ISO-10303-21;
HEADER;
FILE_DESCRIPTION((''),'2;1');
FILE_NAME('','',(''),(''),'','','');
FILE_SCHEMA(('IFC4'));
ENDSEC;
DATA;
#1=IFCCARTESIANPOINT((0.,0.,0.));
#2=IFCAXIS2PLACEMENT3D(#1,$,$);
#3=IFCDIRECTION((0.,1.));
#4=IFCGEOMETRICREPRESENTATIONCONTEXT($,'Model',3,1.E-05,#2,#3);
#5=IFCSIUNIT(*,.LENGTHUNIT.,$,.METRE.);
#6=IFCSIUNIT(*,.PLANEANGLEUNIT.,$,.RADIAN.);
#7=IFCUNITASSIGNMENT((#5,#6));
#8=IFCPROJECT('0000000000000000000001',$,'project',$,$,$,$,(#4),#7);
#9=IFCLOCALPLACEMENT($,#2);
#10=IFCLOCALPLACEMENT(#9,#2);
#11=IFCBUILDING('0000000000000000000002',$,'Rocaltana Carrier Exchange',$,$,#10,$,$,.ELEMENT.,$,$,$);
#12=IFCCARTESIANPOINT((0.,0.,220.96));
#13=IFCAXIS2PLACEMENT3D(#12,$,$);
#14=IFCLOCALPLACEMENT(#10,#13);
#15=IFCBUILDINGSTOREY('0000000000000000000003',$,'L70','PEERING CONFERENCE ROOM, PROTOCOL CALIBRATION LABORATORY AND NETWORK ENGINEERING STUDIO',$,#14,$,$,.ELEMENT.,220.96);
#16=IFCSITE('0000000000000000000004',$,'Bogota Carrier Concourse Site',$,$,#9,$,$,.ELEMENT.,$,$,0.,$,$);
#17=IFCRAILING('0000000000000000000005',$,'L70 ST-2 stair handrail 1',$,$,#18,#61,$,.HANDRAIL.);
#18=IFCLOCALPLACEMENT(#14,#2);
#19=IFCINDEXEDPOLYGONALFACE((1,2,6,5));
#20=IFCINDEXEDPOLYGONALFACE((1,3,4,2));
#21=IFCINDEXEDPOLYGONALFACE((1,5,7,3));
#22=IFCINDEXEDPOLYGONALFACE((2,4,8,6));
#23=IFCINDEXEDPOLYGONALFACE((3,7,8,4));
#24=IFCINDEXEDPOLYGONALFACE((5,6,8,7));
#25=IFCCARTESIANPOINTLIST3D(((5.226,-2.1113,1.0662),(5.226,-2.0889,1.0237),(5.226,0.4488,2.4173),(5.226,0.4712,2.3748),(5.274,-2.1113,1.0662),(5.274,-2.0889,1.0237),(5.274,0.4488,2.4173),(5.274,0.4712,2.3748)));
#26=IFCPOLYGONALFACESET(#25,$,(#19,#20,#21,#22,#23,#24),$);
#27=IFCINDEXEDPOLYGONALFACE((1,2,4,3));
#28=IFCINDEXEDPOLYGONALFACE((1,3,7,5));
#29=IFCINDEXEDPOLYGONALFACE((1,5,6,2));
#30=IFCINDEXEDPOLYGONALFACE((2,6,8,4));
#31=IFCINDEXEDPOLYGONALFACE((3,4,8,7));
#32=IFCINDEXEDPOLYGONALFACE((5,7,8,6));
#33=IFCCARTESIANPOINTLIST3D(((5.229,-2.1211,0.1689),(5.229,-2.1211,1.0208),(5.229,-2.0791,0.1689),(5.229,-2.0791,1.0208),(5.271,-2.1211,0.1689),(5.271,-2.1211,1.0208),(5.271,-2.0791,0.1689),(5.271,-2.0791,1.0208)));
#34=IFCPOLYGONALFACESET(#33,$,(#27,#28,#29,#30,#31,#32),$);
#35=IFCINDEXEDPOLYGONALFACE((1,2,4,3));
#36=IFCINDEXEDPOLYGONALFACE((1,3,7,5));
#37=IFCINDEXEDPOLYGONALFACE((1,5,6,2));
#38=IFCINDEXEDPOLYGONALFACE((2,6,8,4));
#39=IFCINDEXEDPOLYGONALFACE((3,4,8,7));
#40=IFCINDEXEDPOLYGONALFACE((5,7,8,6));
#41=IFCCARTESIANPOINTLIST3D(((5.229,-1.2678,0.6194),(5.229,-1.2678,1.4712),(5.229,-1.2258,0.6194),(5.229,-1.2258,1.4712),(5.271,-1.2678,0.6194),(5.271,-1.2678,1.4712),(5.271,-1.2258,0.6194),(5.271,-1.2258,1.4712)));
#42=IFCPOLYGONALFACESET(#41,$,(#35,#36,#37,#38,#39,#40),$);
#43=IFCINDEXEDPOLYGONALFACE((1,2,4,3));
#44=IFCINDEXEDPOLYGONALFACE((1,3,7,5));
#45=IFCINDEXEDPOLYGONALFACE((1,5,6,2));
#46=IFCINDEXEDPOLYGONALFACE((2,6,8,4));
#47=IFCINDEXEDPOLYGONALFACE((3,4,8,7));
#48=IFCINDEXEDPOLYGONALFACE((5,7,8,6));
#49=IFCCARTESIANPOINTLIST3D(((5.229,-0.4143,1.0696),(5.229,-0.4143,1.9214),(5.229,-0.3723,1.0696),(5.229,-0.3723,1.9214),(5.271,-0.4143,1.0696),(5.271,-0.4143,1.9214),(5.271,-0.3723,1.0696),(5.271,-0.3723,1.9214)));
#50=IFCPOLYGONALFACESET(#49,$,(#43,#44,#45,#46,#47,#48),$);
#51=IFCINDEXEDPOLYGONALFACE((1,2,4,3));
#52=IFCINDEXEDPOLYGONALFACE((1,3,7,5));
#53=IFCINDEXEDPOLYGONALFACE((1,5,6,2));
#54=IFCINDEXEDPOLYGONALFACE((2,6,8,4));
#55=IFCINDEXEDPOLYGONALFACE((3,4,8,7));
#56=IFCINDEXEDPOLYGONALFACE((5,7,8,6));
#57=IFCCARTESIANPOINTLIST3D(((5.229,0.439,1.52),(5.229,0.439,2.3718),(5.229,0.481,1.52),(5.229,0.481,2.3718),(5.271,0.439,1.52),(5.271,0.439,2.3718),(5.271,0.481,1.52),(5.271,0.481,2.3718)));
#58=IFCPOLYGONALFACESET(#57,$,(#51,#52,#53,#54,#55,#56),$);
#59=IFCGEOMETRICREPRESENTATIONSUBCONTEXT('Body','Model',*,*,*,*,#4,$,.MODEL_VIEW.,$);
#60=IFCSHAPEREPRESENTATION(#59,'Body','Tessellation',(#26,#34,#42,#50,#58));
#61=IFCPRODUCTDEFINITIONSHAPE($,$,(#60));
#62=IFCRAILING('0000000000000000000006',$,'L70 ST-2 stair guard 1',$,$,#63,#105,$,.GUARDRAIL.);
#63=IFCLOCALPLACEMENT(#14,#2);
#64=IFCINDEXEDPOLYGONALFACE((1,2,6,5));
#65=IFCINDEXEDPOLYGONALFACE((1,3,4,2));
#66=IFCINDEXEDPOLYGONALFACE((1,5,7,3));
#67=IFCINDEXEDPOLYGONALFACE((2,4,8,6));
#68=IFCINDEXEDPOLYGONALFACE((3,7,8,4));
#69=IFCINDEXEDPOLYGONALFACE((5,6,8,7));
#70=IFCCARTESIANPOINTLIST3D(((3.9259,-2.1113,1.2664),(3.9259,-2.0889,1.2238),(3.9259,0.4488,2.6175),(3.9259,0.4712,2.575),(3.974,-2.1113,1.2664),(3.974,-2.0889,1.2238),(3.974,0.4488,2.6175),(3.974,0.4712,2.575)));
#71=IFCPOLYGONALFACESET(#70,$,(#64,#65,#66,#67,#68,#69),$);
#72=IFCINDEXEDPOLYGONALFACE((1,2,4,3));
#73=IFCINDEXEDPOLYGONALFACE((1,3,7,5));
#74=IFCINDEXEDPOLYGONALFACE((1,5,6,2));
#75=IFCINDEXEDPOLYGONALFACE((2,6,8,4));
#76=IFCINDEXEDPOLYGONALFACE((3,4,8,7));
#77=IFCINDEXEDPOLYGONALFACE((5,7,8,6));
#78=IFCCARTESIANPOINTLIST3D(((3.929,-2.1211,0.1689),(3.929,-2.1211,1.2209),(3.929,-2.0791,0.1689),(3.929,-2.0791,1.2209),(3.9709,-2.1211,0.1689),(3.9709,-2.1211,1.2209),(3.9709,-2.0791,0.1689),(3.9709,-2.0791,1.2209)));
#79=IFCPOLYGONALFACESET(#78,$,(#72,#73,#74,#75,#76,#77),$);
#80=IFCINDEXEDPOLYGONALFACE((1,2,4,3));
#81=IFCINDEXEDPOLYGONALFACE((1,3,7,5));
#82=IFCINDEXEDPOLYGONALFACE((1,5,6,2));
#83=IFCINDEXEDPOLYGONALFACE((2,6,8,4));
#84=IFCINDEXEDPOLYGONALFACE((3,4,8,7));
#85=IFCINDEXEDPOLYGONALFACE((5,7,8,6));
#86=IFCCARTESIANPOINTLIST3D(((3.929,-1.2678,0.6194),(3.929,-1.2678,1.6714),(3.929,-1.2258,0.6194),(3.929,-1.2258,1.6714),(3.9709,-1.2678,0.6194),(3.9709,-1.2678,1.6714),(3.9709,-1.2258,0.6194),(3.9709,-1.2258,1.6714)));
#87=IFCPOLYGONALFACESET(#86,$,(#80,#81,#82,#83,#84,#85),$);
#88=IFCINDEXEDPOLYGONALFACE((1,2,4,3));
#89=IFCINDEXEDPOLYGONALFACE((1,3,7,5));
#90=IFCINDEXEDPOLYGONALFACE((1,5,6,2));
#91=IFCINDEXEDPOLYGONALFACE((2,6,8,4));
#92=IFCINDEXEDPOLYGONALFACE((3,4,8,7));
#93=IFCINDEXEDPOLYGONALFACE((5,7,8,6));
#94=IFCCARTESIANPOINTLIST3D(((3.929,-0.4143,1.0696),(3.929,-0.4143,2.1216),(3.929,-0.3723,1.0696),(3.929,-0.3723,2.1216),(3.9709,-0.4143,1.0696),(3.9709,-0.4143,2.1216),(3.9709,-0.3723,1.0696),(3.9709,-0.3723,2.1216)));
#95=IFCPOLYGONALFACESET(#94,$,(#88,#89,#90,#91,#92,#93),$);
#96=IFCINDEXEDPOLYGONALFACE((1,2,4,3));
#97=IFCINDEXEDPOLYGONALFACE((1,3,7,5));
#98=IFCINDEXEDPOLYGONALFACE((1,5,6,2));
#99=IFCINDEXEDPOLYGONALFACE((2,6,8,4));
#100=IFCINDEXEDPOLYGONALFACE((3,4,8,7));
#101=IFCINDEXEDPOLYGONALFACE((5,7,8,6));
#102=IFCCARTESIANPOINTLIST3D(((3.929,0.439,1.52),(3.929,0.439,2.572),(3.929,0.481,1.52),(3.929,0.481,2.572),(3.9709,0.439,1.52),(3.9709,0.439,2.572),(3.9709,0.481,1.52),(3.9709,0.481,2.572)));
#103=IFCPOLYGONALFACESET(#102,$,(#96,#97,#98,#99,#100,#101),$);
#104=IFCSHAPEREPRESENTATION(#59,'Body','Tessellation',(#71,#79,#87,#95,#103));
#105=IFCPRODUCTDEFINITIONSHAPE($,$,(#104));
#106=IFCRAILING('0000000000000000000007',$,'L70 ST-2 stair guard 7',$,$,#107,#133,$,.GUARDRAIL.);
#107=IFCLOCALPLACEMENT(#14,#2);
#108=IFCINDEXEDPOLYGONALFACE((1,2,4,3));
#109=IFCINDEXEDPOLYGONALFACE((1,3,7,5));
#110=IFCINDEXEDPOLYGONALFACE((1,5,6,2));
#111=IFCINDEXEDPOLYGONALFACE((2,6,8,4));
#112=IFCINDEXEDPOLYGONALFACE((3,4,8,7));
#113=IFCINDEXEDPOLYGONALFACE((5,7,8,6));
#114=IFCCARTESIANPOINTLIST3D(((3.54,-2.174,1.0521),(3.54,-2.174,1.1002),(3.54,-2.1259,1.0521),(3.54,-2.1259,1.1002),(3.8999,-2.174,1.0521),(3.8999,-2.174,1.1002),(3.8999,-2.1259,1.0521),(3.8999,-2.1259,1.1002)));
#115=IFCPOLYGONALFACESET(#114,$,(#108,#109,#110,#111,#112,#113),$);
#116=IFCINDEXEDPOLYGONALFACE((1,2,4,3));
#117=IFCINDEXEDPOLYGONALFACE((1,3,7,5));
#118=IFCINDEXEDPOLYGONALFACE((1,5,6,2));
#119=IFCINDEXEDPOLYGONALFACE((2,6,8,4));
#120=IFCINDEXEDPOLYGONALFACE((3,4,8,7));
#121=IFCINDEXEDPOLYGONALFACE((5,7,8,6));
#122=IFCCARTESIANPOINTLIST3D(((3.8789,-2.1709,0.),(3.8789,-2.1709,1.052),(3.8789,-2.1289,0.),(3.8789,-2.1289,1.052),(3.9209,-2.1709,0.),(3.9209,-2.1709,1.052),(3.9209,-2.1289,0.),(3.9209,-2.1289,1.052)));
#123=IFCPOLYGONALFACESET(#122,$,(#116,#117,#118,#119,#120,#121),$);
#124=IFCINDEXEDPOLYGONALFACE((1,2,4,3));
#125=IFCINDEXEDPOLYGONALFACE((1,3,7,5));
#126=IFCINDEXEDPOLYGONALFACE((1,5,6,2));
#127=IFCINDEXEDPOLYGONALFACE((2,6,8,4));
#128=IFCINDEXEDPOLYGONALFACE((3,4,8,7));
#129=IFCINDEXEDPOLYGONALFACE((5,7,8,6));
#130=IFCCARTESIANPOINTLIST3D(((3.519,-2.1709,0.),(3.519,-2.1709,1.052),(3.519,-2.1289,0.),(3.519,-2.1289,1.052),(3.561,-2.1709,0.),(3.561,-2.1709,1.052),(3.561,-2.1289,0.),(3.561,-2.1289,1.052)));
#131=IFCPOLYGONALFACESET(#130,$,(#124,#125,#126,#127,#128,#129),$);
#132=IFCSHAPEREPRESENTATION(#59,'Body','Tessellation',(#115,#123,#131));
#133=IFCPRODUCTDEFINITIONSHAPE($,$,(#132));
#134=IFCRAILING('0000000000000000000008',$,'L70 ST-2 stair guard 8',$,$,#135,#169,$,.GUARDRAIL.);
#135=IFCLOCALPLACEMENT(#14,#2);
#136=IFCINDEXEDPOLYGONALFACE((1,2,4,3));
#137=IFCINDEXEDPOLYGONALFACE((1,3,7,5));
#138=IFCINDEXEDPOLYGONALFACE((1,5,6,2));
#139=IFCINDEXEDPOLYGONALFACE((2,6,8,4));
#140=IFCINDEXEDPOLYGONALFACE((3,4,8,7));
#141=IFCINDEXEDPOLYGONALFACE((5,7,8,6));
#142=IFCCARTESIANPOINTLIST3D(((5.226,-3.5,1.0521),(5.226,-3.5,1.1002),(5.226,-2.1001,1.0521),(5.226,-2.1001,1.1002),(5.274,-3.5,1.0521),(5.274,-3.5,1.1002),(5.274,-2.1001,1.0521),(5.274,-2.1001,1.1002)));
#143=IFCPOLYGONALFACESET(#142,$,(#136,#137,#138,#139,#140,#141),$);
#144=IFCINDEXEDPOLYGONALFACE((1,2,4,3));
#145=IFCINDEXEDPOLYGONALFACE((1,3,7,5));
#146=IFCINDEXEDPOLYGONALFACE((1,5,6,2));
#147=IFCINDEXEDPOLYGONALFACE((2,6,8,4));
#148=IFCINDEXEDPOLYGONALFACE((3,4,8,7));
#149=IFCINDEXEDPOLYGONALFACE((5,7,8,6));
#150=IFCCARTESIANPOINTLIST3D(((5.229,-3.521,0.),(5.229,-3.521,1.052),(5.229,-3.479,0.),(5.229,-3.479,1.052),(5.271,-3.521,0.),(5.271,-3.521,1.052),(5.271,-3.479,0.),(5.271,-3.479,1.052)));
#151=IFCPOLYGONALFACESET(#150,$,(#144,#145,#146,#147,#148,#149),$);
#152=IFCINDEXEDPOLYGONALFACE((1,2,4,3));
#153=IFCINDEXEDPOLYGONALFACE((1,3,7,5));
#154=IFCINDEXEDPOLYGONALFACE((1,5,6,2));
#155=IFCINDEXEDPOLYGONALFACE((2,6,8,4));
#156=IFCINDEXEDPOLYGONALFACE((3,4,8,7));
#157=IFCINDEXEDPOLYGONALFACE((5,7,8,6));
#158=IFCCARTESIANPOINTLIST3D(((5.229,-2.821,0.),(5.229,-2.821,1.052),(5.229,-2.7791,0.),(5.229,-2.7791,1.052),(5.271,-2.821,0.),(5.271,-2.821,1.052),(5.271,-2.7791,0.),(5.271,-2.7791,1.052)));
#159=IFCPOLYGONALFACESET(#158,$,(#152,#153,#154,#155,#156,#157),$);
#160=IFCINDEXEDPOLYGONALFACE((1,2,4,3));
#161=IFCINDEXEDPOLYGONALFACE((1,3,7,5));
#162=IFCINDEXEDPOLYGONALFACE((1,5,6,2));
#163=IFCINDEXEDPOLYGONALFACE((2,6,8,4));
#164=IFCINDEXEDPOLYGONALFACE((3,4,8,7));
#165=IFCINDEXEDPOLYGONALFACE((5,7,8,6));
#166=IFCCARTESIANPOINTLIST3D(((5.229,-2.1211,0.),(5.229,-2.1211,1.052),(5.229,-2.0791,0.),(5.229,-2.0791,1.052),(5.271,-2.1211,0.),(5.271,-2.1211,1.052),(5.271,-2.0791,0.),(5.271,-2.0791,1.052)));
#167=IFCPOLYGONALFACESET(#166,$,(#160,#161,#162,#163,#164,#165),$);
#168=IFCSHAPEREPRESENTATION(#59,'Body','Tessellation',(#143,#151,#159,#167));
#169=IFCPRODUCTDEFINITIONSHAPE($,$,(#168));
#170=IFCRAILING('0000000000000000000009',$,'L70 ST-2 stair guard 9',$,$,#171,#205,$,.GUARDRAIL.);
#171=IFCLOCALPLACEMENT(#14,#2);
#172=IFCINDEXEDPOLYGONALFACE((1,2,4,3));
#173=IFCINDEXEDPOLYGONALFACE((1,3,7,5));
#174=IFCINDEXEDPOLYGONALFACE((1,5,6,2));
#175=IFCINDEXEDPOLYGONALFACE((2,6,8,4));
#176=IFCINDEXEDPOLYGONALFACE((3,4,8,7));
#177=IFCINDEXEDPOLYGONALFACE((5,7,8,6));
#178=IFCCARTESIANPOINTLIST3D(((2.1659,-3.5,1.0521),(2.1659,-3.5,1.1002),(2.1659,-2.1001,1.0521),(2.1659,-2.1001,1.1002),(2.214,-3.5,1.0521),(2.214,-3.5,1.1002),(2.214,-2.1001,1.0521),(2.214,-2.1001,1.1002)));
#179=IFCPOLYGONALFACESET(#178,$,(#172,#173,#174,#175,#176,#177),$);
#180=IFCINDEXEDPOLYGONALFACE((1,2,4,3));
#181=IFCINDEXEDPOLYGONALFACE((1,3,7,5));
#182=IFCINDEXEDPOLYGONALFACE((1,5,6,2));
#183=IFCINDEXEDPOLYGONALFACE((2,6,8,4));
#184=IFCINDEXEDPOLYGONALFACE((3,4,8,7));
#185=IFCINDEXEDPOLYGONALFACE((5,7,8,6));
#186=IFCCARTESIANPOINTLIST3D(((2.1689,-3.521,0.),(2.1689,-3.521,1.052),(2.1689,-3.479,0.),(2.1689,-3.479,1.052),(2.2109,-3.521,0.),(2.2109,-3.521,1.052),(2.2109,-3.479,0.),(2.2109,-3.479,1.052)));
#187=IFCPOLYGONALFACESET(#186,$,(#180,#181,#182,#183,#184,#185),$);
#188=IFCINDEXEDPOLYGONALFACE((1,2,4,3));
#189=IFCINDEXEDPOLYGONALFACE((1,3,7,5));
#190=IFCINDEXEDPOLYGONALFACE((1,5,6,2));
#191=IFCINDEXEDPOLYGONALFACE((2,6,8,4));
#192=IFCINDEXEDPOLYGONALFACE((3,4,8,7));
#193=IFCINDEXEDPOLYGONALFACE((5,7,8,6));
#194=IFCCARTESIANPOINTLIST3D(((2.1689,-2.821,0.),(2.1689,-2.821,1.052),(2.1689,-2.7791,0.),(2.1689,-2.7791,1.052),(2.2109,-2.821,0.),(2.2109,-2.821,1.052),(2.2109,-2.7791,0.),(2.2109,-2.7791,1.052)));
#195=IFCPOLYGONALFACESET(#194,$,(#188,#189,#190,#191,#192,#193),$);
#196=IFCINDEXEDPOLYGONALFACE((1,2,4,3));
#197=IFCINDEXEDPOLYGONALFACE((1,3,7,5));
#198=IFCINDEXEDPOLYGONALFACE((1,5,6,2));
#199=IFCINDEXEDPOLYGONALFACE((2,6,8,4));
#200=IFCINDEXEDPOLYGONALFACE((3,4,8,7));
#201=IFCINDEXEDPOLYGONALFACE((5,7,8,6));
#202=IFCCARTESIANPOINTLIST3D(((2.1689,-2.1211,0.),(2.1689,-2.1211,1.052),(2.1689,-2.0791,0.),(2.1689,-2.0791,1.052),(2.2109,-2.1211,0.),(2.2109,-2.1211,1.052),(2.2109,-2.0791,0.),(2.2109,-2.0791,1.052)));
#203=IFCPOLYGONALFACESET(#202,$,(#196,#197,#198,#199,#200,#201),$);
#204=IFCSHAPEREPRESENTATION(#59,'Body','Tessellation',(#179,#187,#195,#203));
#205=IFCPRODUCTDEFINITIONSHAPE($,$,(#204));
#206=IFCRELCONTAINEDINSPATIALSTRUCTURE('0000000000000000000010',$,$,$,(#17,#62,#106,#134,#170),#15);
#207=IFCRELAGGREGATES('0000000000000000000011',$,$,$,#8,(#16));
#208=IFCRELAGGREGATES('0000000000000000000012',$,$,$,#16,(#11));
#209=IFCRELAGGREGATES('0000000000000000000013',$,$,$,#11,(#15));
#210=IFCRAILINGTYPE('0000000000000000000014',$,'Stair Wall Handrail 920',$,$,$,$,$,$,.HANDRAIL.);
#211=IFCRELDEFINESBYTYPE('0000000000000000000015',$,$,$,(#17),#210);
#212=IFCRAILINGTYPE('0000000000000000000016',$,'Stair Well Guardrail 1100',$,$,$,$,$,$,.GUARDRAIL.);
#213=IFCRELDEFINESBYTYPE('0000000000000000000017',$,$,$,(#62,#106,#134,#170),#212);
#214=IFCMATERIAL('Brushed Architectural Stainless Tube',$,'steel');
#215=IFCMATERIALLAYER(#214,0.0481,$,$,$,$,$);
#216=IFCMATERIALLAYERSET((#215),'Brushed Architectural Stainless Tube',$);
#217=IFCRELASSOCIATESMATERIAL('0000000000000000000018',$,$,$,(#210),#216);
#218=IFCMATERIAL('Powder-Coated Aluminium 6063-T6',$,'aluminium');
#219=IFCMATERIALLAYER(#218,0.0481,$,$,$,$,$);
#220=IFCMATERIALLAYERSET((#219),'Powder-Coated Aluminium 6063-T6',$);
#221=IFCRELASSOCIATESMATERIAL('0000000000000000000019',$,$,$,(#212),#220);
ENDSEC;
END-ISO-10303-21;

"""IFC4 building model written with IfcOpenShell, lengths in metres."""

from ifc_helpers import new_model, si_unit, direction, frame, origin, origin_2d, place, context, subcontext, project, spatial, rectangle, extrude, material, layer, layer_set, type_object, element, save


model = new_model("IFC4")

# Units and contexts
model_context = context("Model", 3, precision=1e-05, world=origin(), true_north=direction((0.0, 1.0)))
body_context = subcontext(model_context, "Body", "Model", "MODEL_VIEW")
ifc_project = project(units=[si_unit("LENGTHUNIT", "METRE"), si_unit("PLANEANGLEUNIT", "RADIAN")], contexts=[model_context])

# Site, building, storey
site_placement = place(None, origin())
site = spatial("IfcSite", under=ifc_project, at=site_placement, Name="Bogota Carrier Concourse Site", CompositionType="ELEMENT", RefElevation=0.0)
building_placement = place(site_placement, origin())
building = spatial("IfcBuilding", under=site, at=building_placement, Name="Rocaltana Carrier Exchange", CompositionType="ELEMENT")
storey_placement = place(building_placement, frame((0.0, 0.0, 220.96)))
storey = spatial("IfcBuildingStorey", under=building, at=storey_placement, Name="L70", Description="PEERING CONFERENCE ROOM, PROTOCOL CALIBRATION LABORATORY AND NETWORK ENGINEERING STUDIO", CompositionType="ELEMENT", Elevation=220.96)

# Railings
ifc_material_1 = material(Name="Brushed Architectural Stainless Tube", Category="steel")
ifc_layer_1 = layer(ifc_material_1, 0.0481)
ifc_layer_set_1 = layer_set([ifc_layer_1], Name="Brushed Architectural Stainless Tube")
railing_type_1 = type_object("IfcRailingType", Name="Stair Wall Handrail 920", PredefinedType="HANDRAIL", material=ifc_layer_set_1)
railing_1_placement = place(storey_placement, frame((5.25, -2.1001, 0.1689)))
element("IfcRailing", 1, at=railing_1_placement, inside=storey, type_object=railing_type_1, Name="L70 ST-2 stair handrail 1", PredefinedType="HANDRAIL", context=body_context, shape_type="SweptSolid", body=[
    extrude(rectangle(XDim=0.0481, YDim=0.0481, at=origin_2d()), frame((0.0, 0.0, 0.876), z_axis=(0.0, 0.884394, 0.46674), x_axis=(-1.0, 0.0, 0.0)), (0.0, 0.0, 1.0), 2.8948),
    extrude(rectangle(XDim=0.042, YDim=0.042, at=origin_2d()), origin(), (0.0, 0.0, 1.0), 0.8518),
    extrude(rectangle(XDim=0.042, YDim=0.042, at=origin_2d()), frame((0.0, 0.8533, 0.4504)), (0.0, 0.0, 1.0), 0.8518),
    extrude(rectangle(XDim=0.042, YDim=0.042, at=origin_2d()), frame((0.0, 1.7068, 0.9006)), (0.0, 0.0, 1.0), 0.8518),
    extrude(rectangle(XDim=0.042, YDim=0.042, at=origin_2d()), frame((0.0, 2.5601, 1.3511)), (0.0, 0.0, 1.0), 0.8518),
])
ifc_material_2 = material(Name="Powder-Coated Aluminium 6063-T6", Category="aluminium")
ifc_layer_2 = layer(ifc_material_2, 0.0481)
ifc_layer_set_2 = layer_set([ifc_layer_2], Name="Powder-Coated Aluminium 6063-T6")
railing_type_2 = type_object("IfcRailingType", Name="Stair Well Guardrail 1100", PredefinedType="GUARDRAIL", material=ifc_layer_set_2)
railing_2_placement = place(storey_placement, frame((3.95, -2.1001, 0.1689)))
element("IfcRailing", 2, at=railing_2_placement, inside=storey, type_object=railing_type_2, Name="L70 ST-2 stair guard 1", PredefinedType="GUARDRAIL", context=body_context, shape_type="SweptSolid", body=[
    extrude(rectangle(XDim=0.0481, YDim=0.0481, at=origin_2d()), frame((0.0, 0.0, 1.0762), z_axis=(0.0, 0.884394, 0.46674), x_axis=(-1.0, 0.0, 0.0)), (0.0, 0.0, 1.0), 2.8948),
    extrude(rectangle(XDim=0.042, YDim=0.042, at=origin_2d()), origin(), (0.0, 0.0, 1.0), 1.052),
    extrude(rectangle(XDim=0.042, YDim=0.042, at=origin_2d()), frame((0.0, 0.8533, 0.4504)), (0.0, 0.0, 1.0), 1.052),
    extrude(rectangle(XDim=0.042, YDim=0.042, at=origin_2d()), frame((0.0, 1.7068, 0.9006)), (0.0, 0.0, 1.0), 1.052),
    extrude(rectangle(XDim=0.042, YDim=0.042, at=origin_2d()), frame((0.0, 2.5601, 1.3511)), (0.0, 0.0, 1.0), 1.052),
])
railing_3_placement = place(storey_placement, frame((3.8999, -2.1499, 0.0)))
element("IfcRailing", 3, at=railing_3_placement, inside=storey, type_object=railing_type_2, Name="L70 ST-2 stair guard 7", PredefinedType="GUARDRAIL", context=body_context, shape_type="SweptSolid", body=[
    extrude(rectangle(XDim=0.0481, YDim=0.0481, at=origin_2d()), frame((0.0, 0.0, 1.0762), z_axis=(-1.0, 0.0, 0.0), x_axis=(0.0, -1.0, 0.0)), (0.0, 0.0, 1.0), 0.3599),
    extrude(rectangle(XDim=0.042, YDim=0.042, at=origin_2d()), origin(), (0.0, 0.0, 1.0), 1.052),
    extrude(rectangle(XDim=0.042, YDim=0.042, at=origin_2d()), frame((-0.3599, 0.0, 0.0)), (0.0, 0.0, 1.0), 1.052),
])
for number, where, name in (
    (4, (5.25, -3.5, 0.0), "L70 ST-2 stair guard 8"),
    (5, (2.1899, -3.5, 0.0), "L70 ST-2 stair guard 9"),
):
    element("IfcRailing", number, at=place(storey_placement, frame(where)), inside=storey, type_object=railing_type_2, Name=name, PredefinedType="GUARDRAIL", context=body_context, shape_type="SweptSolid", body=[
        extrude(rectangle(XDim=0.0481, YDim=0.0481, at=origin_2d()), frame((0.0, 0.0, 1.0762), z_axis=(0.0, 1.0, 0.0), x_axis=(-1.0, 0.0, 0.0)), (0.0, 0.0, 1.0), 1.3999),
        extrude(rectangle(XDim=0.042, YDim=0.042, at=origin_2d()), origin(), (0.0, 0.0, 1.0), 1.052),
        extrude(rectangle(XDim=0.042, YDim=0.042, at=origin_2d()), frame((0.0, 0.7, 0.0)), (0.0, 0.0, 1.0), 1.052),
        extrude(rectangle(XDim=0.042, YDim=0.042, at=origin_2d()), frame((0.0, 1.3999, 0.0)), (0.0, 0.0, 1.0), 1.052),
    ])

save(model, "model.ifc")
